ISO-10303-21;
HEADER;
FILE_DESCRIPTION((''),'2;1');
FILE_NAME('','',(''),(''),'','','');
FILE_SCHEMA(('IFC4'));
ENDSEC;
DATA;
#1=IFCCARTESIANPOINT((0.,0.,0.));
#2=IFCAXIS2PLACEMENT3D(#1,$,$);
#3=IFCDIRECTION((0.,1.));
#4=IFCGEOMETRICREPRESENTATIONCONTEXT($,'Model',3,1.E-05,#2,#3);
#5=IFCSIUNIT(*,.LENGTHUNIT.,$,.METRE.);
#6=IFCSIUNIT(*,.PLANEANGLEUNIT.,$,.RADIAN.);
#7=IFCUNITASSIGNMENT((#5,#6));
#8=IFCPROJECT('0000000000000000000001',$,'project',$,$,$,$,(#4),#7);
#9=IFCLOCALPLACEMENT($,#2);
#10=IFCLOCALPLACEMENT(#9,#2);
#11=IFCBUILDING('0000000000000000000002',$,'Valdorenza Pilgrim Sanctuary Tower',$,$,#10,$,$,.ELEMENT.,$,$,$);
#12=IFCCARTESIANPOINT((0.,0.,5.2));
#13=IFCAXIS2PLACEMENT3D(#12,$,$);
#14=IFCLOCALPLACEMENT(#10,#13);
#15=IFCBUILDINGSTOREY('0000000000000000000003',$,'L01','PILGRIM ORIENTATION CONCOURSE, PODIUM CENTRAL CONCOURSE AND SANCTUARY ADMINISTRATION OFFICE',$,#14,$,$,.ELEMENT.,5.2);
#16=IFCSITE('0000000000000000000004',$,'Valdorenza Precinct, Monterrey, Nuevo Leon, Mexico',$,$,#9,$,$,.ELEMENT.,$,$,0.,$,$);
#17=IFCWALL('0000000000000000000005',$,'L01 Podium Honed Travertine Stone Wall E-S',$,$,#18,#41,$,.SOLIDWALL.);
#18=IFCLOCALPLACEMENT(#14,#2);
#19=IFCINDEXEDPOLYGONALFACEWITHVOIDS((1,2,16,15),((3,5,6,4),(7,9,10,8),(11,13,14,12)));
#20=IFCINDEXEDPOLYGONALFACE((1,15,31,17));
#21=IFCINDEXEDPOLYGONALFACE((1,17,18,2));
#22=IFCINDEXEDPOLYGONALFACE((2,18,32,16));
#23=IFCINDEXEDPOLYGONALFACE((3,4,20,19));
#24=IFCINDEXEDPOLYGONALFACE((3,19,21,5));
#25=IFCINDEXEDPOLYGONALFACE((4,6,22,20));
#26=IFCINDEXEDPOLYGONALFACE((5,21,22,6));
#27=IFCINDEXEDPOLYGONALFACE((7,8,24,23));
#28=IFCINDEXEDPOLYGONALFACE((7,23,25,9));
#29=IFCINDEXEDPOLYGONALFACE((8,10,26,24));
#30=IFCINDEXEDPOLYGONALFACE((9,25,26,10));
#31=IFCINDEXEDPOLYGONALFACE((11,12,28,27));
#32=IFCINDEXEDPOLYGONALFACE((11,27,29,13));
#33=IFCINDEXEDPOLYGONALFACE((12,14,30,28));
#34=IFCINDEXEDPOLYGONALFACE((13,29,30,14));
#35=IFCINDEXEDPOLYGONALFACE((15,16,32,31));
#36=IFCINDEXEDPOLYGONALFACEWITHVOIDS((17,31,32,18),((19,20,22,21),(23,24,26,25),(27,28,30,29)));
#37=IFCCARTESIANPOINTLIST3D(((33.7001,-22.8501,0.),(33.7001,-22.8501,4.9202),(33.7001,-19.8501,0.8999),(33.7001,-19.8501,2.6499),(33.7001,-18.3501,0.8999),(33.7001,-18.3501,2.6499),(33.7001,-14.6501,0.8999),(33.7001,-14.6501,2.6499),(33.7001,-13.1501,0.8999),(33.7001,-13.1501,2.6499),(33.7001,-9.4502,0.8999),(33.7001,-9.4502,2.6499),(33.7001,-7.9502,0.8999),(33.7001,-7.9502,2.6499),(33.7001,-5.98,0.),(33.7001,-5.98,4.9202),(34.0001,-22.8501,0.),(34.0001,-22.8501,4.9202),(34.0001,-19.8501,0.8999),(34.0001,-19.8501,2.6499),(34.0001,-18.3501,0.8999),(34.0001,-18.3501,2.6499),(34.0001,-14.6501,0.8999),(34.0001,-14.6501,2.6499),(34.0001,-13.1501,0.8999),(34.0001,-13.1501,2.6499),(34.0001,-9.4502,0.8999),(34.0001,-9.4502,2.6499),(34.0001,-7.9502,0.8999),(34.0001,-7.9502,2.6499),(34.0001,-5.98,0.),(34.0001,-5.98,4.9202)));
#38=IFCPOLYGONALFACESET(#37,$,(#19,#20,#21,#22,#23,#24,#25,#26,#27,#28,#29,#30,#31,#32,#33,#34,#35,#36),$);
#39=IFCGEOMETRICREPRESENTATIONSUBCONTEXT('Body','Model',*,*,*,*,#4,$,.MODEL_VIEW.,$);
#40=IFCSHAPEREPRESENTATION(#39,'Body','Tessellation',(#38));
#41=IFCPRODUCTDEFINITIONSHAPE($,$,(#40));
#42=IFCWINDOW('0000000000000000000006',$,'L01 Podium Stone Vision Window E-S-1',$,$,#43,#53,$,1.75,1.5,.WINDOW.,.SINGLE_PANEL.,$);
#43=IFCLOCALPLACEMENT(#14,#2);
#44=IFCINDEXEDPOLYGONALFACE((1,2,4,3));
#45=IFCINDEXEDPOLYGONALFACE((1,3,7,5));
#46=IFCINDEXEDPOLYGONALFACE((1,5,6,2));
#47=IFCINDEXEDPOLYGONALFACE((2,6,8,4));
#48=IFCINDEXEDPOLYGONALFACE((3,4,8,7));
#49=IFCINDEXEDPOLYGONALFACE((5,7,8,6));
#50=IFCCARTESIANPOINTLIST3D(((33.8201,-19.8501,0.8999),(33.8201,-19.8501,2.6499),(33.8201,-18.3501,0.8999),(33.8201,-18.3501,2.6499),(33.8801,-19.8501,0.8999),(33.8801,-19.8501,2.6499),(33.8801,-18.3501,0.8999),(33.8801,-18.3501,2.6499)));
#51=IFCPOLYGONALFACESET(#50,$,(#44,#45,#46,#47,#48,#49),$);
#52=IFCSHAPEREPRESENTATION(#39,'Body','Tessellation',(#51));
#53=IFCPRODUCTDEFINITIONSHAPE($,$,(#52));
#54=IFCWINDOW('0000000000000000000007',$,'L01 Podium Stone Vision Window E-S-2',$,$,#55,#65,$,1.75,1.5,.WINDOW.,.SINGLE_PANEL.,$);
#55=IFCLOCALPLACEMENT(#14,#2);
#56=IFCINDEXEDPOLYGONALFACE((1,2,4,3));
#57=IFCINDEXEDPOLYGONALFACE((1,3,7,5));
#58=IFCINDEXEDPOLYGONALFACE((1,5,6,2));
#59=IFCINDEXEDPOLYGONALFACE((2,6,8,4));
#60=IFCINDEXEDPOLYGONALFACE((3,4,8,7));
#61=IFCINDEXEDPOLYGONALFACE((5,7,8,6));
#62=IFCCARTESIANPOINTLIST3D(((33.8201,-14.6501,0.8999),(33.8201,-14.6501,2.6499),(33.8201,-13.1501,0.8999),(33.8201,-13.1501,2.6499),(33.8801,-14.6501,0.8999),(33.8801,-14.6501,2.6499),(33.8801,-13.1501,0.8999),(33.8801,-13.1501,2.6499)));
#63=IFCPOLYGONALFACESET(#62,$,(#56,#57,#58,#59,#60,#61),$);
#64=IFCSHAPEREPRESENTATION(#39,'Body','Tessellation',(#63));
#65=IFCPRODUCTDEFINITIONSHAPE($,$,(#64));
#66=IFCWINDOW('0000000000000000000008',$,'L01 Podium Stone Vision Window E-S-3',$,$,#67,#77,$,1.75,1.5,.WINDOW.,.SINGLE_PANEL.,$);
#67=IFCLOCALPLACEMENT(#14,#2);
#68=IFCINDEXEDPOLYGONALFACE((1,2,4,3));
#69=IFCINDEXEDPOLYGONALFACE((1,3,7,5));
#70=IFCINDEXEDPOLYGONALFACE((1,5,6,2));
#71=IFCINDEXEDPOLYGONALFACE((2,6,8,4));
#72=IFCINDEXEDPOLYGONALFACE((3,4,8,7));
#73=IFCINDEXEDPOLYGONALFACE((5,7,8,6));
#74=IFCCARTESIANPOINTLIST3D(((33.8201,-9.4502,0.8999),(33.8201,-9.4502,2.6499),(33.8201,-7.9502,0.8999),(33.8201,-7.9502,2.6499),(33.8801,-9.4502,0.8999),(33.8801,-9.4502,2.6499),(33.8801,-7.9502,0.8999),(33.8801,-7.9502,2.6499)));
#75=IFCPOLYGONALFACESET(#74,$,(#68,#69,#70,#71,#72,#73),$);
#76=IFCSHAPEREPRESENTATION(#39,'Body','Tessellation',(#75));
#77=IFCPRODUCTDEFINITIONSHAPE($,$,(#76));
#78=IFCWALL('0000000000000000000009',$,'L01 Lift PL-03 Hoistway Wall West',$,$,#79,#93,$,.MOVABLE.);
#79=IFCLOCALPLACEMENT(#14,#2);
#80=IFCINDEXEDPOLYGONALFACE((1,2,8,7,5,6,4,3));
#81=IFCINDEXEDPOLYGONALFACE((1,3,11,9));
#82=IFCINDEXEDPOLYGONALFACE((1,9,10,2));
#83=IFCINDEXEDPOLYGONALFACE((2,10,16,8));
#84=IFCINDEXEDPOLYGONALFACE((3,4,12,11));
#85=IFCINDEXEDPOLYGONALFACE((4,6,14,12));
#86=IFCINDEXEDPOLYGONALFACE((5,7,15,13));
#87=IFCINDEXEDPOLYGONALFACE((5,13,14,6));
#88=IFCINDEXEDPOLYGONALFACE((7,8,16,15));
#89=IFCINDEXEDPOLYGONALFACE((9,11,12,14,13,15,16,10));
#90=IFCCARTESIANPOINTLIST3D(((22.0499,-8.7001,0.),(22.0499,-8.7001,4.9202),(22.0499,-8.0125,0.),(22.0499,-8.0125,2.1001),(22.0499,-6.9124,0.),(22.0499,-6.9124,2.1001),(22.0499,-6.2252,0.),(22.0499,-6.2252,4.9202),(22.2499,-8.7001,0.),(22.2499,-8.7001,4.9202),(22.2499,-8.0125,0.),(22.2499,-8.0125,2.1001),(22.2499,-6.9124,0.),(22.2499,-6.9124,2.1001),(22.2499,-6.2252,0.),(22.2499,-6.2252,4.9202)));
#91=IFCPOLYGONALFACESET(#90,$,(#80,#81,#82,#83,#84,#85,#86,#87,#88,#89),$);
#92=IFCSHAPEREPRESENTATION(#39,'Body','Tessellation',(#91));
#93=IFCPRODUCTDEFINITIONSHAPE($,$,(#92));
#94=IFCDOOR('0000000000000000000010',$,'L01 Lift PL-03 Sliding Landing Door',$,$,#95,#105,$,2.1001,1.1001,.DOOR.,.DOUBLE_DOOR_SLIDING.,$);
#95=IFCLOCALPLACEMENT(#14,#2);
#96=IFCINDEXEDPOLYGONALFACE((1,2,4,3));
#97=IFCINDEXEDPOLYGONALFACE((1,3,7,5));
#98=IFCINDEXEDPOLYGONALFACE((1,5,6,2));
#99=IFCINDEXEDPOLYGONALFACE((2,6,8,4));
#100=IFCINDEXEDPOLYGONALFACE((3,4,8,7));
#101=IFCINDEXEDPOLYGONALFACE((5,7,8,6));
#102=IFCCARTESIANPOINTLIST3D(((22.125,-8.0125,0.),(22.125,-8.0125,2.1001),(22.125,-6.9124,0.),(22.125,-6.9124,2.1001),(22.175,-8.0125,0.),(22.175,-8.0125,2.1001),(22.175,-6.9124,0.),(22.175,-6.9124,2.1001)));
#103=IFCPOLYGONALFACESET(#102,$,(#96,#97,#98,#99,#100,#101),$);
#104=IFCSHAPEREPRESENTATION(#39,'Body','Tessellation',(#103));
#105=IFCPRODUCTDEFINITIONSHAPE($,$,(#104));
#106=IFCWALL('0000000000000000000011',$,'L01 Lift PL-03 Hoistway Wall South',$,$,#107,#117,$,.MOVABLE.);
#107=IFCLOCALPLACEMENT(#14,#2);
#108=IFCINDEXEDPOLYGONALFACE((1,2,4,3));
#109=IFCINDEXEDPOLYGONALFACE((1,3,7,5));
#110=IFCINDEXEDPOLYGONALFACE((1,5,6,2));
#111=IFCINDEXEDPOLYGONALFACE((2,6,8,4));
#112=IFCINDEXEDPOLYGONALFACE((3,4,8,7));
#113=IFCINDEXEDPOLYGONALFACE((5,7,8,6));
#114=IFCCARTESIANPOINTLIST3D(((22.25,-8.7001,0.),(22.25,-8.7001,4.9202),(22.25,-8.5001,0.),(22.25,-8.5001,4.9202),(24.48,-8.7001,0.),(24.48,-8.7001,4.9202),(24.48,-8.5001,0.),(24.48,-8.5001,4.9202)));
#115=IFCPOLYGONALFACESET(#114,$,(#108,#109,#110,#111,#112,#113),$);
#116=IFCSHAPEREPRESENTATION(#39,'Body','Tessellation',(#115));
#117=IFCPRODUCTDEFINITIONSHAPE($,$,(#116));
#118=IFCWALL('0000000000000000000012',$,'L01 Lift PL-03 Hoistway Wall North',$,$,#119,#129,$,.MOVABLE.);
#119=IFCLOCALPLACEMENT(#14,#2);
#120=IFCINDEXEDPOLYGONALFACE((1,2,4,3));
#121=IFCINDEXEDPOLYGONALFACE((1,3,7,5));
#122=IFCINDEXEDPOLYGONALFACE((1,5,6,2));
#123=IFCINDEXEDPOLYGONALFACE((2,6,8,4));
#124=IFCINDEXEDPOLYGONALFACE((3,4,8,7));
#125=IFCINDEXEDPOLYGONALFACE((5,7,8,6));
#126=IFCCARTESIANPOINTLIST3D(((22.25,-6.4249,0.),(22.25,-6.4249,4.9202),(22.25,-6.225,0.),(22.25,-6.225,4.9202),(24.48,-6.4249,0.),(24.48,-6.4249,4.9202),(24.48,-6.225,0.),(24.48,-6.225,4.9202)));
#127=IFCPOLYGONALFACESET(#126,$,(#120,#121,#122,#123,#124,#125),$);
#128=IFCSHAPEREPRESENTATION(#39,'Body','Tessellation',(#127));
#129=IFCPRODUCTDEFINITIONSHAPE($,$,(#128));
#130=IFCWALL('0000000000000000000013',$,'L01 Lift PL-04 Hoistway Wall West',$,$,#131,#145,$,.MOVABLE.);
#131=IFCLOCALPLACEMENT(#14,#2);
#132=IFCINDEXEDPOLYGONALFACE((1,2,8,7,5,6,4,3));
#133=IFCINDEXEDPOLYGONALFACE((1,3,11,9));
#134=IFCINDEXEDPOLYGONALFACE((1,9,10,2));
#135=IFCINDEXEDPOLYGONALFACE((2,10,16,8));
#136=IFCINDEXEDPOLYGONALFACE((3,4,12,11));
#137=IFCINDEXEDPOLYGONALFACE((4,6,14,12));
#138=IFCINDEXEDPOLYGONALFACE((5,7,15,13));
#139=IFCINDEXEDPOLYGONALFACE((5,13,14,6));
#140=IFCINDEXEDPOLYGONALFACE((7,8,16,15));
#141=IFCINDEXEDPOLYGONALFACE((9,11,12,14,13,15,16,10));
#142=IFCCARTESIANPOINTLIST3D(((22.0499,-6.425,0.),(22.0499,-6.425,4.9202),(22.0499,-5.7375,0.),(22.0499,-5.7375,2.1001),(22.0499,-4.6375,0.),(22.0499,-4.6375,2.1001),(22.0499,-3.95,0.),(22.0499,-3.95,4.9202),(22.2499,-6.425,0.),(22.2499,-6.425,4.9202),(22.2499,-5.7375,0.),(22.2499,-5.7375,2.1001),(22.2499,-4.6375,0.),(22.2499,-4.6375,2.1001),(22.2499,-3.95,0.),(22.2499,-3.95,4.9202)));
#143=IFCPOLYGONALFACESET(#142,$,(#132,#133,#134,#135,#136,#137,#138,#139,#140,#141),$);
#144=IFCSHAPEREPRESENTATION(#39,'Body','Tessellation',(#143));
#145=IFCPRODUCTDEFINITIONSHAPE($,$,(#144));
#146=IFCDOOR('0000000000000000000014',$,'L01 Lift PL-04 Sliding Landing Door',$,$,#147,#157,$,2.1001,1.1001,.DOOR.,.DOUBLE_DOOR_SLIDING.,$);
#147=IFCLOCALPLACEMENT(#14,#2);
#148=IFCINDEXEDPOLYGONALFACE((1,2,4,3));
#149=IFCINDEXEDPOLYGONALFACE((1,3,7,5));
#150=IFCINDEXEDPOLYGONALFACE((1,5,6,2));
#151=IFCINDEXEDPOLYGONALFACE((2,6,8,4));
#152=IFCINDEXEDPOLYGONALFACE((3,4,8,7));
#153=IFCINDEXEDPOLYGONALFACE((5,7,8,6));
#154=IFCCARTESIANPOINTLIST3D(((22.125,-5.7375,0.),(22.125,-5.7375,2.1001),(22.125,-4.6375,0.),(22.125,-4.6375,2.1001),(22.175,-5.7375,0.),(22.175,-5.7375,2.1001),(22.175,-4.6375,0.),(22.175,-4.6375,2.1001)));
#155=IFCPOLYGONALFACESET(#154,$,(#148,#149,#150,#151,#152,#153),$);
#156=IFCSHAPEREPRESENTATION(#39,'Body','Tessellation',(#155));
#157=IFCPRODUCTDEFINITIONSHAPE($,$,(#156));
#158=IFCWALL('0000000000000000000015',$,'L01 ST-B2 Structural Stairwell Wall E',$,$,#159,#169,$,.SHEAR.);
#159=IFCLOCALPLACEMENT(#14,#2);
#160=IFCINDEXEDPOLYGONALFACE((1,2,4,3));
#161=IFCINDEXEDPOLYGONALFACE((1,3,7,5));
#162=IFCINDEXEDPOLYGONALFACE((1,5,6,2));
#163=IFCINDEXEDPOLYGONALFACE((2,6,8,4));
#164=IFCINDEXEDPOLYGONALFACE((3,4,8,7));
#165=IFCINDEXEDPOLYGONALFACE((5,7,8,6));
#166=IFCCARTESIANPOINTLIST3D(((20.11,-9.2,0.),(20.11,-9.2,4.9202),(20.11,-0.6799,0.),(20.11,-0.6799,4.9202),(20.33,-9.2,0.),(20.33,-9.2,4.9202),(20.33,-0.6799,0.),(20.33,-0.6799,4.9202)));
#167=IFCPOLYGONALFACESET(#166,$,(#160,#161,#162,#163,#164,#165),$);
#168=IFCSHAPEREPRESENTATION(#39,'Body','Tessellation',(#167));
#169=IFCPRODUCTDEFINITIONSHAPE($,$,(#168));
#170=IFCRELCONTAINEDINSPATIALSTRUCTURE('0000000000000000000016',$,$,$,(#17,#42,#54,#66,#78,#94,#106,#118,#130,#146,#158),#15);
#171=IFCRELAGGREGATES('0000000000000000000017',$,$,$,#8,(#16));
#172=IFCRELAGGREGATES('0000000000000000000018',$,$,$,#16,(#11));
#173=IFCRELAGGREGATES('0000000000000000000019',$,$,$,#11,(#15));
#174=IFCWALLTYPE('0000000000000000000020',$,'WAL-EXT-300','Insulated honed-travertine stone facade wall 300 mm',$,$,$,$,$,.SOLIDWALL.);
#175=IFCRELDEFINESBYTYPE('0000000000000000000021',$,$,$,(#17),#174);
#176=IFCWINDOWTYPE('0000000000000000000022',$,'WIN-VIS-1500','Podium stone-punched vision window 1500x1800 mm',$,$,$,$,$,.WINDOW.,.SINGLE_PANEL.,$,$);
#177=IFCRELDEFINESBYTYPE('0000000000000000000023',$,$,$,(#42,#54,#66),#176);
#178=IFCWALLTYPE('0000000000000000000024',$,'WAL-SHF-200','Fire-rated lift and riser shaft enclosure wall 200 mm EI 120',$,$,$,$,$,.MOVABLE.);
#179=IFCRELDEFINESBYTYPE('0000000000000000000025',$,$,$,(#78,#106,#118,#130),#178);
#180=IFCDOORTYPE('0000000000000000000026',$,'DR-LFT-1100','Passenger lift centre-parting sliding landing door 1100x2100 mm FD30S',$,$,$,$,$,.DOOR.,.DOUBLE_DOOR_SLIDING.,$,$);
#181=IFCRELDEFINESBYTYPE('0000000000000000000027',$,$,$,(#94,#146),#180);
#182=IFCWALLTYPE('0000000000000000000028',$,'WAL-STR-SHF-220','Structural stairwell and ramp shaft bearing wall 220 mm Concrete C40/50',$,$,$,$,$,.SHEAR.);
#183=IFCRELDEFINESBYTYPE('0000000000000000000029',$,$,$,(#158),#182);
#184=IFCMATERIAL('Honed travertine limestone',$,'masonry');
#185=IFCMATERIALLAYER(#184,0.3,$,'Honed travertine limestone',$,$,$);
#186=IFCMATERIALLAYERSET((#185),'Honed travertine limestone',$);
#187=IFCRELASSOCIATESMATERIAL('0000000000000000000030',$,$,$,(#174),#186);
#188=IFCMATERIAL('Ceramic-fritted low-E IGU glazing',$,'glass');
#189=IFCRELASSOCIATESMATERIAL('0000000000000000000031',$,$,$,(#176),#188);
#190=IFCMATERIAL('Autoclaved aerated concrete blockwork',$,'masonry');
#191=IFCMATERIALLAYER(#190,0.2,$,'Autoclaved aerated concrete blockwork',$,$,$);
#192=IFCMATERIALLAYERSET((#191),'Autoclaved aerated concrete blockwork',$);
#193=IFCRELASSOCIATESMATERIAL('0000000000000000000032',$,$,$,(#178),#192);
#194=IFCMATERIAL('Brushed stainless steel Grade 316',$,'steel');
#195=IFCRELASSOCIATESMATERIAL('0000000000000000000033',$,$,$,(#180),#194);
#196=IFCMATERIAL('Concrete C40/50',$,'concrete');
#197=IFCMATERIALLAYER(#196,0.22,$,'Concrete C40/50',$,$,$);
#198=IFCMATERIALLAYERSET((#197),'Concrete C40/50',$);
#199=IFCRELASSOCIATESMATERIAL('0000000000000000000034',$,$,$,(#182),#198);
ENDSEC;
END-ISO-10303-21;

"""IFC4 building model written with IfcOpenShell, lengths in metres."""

from ifc_helpers import new_model, si_unit, direction, frame, frame_2d, origin, place, context, subcontext, project, spatial, rectangle, extrude, material, layer, layer_set, type_object, element, fill, save


model = new_model("IFC4")

# Units and contexts
model_context = context("Model", 3, precision=1e-05, world=origin(), true_north=direction((0.0, 1.0)))
body_context = subcontext(model_context, "Body", "Model", "MODEL_VIEW")
ifc_project = project(units=[si_unit("LENGTHUNIT", "METRE"), si_unit("PLANEANGLEUNIT", "RADIAN")], contexts=[model_context])

# Site, building, storey
site_placement = place(None, origin())
site = spatial("IfcSite", under=ifc_project, at=site_placement, Name="Valdorenza Precinct, Monterrey, Nuevo Leon, Mexico", CompositionType="ELEMENT", RefElevation=0.0)
building_placement = place(site_placement, origin())
building = spatial("IfcBuilding", under=site, at=building_placement, Name="Valdorenza Pilgrim Sanctuary Tower", CompositionType="ELEMENT")
storey_placement = place(building_placement, frame((0.0, 0.0, 5.2)))
storey = spatial("IfcBuildingStorey", under=building, at=storey_placement, Name="L01", Description="PILGRIM ORIENTATION CONCOURSE, PODIUM CENTRAL CONCOURSE AND SANCTUARY ADMINISTRATION OFFICE", CompositionType="ELEMENT", Elevation=5.2)

# Wall, openings, windows
ifc_material_1 = material(Name="Honed travertine limestone", Category="masonry")
ifc_layer_1 = layer(ifc_material_1, 0.3, Name="Honed travertine limestone")
ifc_layer_set_1 = layer_set([ifc_layer_1], Name="Honed travertine limestone")
wall_type_1 = type_object("IfcWallType", Name="WAL-EXT-300", Description="Insulated honed-travertine stone facade wall 300 mm", PredefinedType="SOLIDWALL", material=ifc_layer_set_1)
wall_1_placement = place(storey_placement, frame((33.8501, -22.8501, 0.0), z_axis=(0.0, 0.0, 1.0), x_axis=(0.0, 1.0, 0.0)))
wall_1 = element("IfcWall", 1, at=wall_1_placement, inside=storey, type_object=wall_type_1, Name="L01 Podium Honed Travertine Stone Wall E-S", PredefinedType="SOLIDWALL", context=body_context, shape_type="SweptSolid", body=[
    extrude(rectangle(XDim=16.8701, YDim=0.3, at=frame_2d((8.4351, 0.0))), origin(), (0.0, 0.0, 1.0), 4.9202),
])
opening_1_placement = place(wall_1_placement, frame((3.0, 0.0, 0.8999)))
opening_1 = element("IfcOpeningElement", 2, at=opening_1_placement, cuts=wall_1, PredefinedType="OPENING", context=body_context, shape_type="SweptSolid", body=[
    extrude(rectangle(XDim=1.5, YDim=1.75, at=frame_2d((0.75, 0.875))), frame((0.0, 0.165, 0.0), z_axis=(0.0, -1.0, 0.0), x_axis=(1.0, 0.0, 0.0)), (0.0, 0.0, 1.0), 0.3298),
])
opening_2_placement = place(wall_1_placement, frame((8.2, 0.0, 0.8999)))
opening_2 = element("IfcOpeningElement", 3, at=opening_2_placement, cuts=wall_1, PredefinedType="OPENING", context=body_context, shape_type="SweptSolid", body=[
    extrude(rectangle(XDim=1.5, YDim=1.75, at=frame_2d((0.75, 0.875))), frame((0.0, 0.165, 0.0), z_axis=(0.0, -1.0, 0.0), x_axis=(1.0, 0.0, 0.0)), (0.0, 0.0, 1.0), 0.3298),
])
opening_3_placement = place(wall_1_placement, frame((13.3999, 0.0, 0.8999)))
opening_3 = element("IfcOpeningElement", 4, at=opening_3_placement, cuts=wall_1, PredefinedType="OPENING", context=body_context, shape_type="SweptSolid", body=[
    extrude(rectangle(XDim=1.5, YDim=1.75, at=frame_2d((0.75, 0.875))), frame((0.0, 0.165, 0.0), z_axis=(0.0, -1.0, 0.0), x_axis=(1.0, 0.0, 0.0)), (0.0, 0.0, 1.0), 0.3298),
])
ifc_material_2 = material(Name="Ceramic-fritted low-E IGU glazing", Category="glass")
window_type = type_object("IfcWindowType", Name="WIN-VIS-1500", Description="Podium stone-punched vision window 1500x1800 mm", PartitioningType="SINGLE_PANEL", PredefinedType="WINDOW", material=ifc_material_2)
window_1_placement = place(opening_1_placement, origin())
window_1 = element("IfcWindow", 5, at=window_1_placement, inside=storey, type_object=window_type, Name="L01 Podium Stone Vision Window E-S-1", OverallHeight=1.75, OverallWidth=1.5, PartitioningType="SINGLE_PANEL", PredefinedType="WINDOW", context=body_context, shape_type="SweptSolid", body=[
    extrude(rectangle(XDim=1.5, YDim=1.75, at=frame_2d((0.75, 0.875))), frame((0.0, 0.03, 0.0), z_axis=(0.0, -1.0, 0.0), x_axis=(1.0, 0.0, 0.0)), (0.0, 0.0, 1.0), 0.0601),
])
fill(opening_1, window_1)
window_2_placement = place(opening_2_placement, origin())
window_2 = element("IfcWindow", 6, at=window_2_placement, inside=storey, type_object=window_type, Name="L01 Podium Stone Vision Window E-S-2", OverallHeight=1.75, OverallWidth=1.5, PartitioningType="SINGLE_PANEL", PredefinedType="WINDOW", context=body_context, shape_type="SweptSolid", body=[
    extrude(rectangle(XDim=1.5, YDim=1.75, at=frame_2d((0.75, 0.875))), frame((0.0, 0.03, 0.0), z_axis=(0.0, -1.0, 0.0), x_axis=(1.0, 0.0, 0.0)), (0.0, 0.0, 1.0), 0.0601),
])
fill(opening_2, window_2)
window_3_placement = place(opening_3_placement, origin())
window_3 = element("IfcWindow", 7, at=window_3_placement, inside=storey, type_object=window_type, Name="L01 Podium Stone Vision Window E-S-3", OverallHeight=1.75, OverallWidth=1.5, PartitioningType="SINGLE_PANEL", PredefinedType="WINDOW", context=body_context, shape_type="SweptSolid", body=[
    extrude(rectangle(XDim=1.5, YDim=1.75, at=frame_2d((0.75, 0.875))), frame((0.0, 0.03, 0.0), z_axis=(0.0, -1.0, 0.0), x_axis=(1.0, 0.0, 0.0)), (0.0, 0.0, 1.0), 0.0601),
])
fill(opening_3, window_3)

# Wall, opening, door
ifc_material_3 = material(Name="Autoclaved aerated concrete blockwork", Category="masonry")
ifc_layer_2 = layer(ifc_material_3, 0.2, Name="Autoclaved aerated concrete blockwork")
ifc_layer_set_2 = layer_set([ifc_layer_2], Name="Autoclaved aerated concrete blockwork")
wall_type_2 = type_object("IfcWallType", Name="WAL-SHF-200", Description="Fire-rated lift and riser shaft enclosure wall 200 mm EI 120", PredefinedType="MOVABLE", material=ifc_layer_set_2)
wall_2_placement = place(storey_placement, frame((22.1499, -8.7, 0.0), z_axis=(0.0, 0.0, 1.0), x_axis=(0.0, 1.0, 0.0)))
wall_2 = element("IfcWall", 8, at=wall_2_placement, inside=storey, type_object=wall_type_2, Name="L01 Lift PL-03 Hoistway Wall West", PredefinedType="MOVABLE", context=body_context, shape_type="SweptSolid", body=[
    extrude(rectangle(XDim=2.4749, YDim=0.2, at=frame_2d((1.2373, 0.0))), origin(), (0.0, 0.0, 1.0), 4.9202),
])
opening_4_placement = place(wall_2_placement, frame((0.6875, 0.0, 0.0)))
opening_4 = element("IfcOpeningElement", 9, at=opening_4_placement, cuts=wall_2, PredefinedType="OPENING", context=body_context, shape_type="SweptSolid", body=[
    extrude(rectangle(XDim=1.1001, YDim=2.1001, at=frame_2d((0.55, 1.05))), frame((0.0, 0.1147, 0.0), z_axis=(0.0, -1.0, 0.0), x_axis=(1.0, 0.0, 0.0)), (0.0, 0.0, 1.0), 0.2297),
])
ifc_material_4 = material(Name="Brushed stainless steel Grade 316", Category="steel")
door_type_1 = type_object("IfcDoorType", Name="DR-LFT-1100", Description="Passenger lift centre-parting sliding landing door 1100x2100 mm FD30S", OperationType="DOUBLE_DOOR_SLIDING", PredefinedType="DOOR", material=ifc_material_4)
door_1_placement = place(opening_4_placement, origin())
door_1 = element("IfcDoor", 10, at=door_1_placement, inside=storey, type_object=door_type_1, Name="L01 Lift PL-03 Sliding Landing Door", OperationType="DOUBLE_DOOR_SLIDING", OverallHeight=2.1001, OverallWidth=1.1001, PredefinedType="DOOR", context=body_context, shape_type="SweptSolid", body=[
    extrude(rectangle(XDim=1.1001, YDim=2.1001, at=frame_2d((0.55, 1.05))), frame((0.0, 0.0249, 0.0), z_axis=(0.0, -1.0, 0.0), x_axis=(1.0, 0.0, 0.0)), (0.0, 0.0, 1.0), 0.05),
])
fill(opening_4, door_1)

# Walls
for number, where, z_axis, x_axis, name in (
    (11, (22.25, -8.6001, 0.0), (0.0, 0.0, 1.0), (1.0, 0.0, 0.0), "L01 Lift PL-03 Hoistway Wall South"),
    (12, (22.25, -6.325, 0.0), (0.0, 0.0, 1.0), (1.0, 0.0, 0.0), "L01 Lift PL-03 Hoistway Wall North"),
):
    element("IfcWall", number, at=place(storey_placement, frame(where, z_axis=z_axis, x_axis=x_axis)), inside=storey, type_object=wall_type_2, Name=name, PredefinedType="MOVABLE", context=body_context, shape_type="SweptSolid", body=[
        extrude(rectangle(XDim=2.23, YDim=0.2, at=frame_2d((1.115, 0.0))), origin(), (0.0, 0.0, 1.0), 4.9202),
    ])

# Wall, opening, door
wall_3_placement = place(storey_placement, frame((22.1499, -6.425, 0.0), z_axis=(0.0, 0.0, 1.0), x_axis=(0.0, 1.0, 0.0)))
wall_3 = element("IfcWall", 13, at=wall_3_placement, inside=storey, type_object=wall_type_2, Name="L01 Lift PL-04 Hoistway Wall West", PredefinedType="MOVABLE", context=body_context, shape_type="SweptSolid", body=[
    extrude(rectangle(XDim=2.4751, YDim=0.2, at=frame_2d((1.2375, 0.0))), origin(), (0.0, 0.0, 1.0), 4.9202),
])
opening_5_placement = place(wall_3_placement, frame((0.6875, 0.0, 0.0)))
opening_5 = element("IfcOpeningElement", 14, at=opening_5_placement, cuts=wall_3, PredefinedType="OPENING", context=body_context, shape_type="SweptSolid", body=[
    extrude(rectangle(XDim=1.1001, YDim=2.1001, at=frame_2d((0.55, 1.05))), frame((0.0, 0.1147, 0.0), z_axis=(0.0, -1.0, 0.0), x_axis=(1.0, 0.0, 0.0)), (0.0, 0.0, 1.0), 0.2297),
])
door_2_placement = place(opening_5_placement, origin())
door_2 = element("IfcDoor", 15, at=door_2_placement, inside=storey, type_object=door_type_1, Name="L01 Lift PL-04 Sliding Landing Door", OperationType="DOUBLE_DOOR_SLIDING", OverallHeight=2.1001, OverallWidth=1.1001, PredefinedType="DOOR", context=body_context, shape_type="SweptSolid", body=[
    extrude(rectangle(XDim=1.1001, YDim=2.1001, at=frame_2d((0.55, 1.05))), frame((0.0, 0.0249, 0.0), z_axis=(0.0, -1.0, 0.0), x_axis=(1.0, 0.0, 0.0)), (0.0, 0.0, 1.0), 0.05),
])
fill(opening_5, door_2)

# Wall
ifc_material_5 = material(Name="Concrete C40/50", Category="concrete")
ifc_layer_3 = layer(ifc_material_5, 0.22, Name="Concrete C40/50")
ifc_layer_set_3 = layer_set([ifc_layer_3], Name="Concrete C40/50")
wall_type_3 = type_object("IfcWallType", Name="WAL-STR-SHF-220", Description="Structural stairwell and ramp shaft bearing wall 220 mm Concrete C40/50", PredefinedType="SHEAR", material=ifc_layer_set_3)
wall_4_placement = place(storey_placement, frame((20.22, -9.2, 0.0), z_axis=(0.0, 0.0, 1.0), x_axis=(0.0, 1.0, 0.0)))
element("IfcWall", 16, at=wall_4_placement, inside=storey, type_object=wall_type_3, Name="L01 ST-B2 Structural Stairwell Wall E", PredefinedType="SHEAR", context=body_context, shape_type="SweptSolid", body=[
    extrude(rectangle(XDim=8.52, YDim=0.22, at=frame_2d((4.26, 0.0))), origin(), (0.0, 0.0, 1.0), 4.9202),
])

save(model, "model.ifc")
